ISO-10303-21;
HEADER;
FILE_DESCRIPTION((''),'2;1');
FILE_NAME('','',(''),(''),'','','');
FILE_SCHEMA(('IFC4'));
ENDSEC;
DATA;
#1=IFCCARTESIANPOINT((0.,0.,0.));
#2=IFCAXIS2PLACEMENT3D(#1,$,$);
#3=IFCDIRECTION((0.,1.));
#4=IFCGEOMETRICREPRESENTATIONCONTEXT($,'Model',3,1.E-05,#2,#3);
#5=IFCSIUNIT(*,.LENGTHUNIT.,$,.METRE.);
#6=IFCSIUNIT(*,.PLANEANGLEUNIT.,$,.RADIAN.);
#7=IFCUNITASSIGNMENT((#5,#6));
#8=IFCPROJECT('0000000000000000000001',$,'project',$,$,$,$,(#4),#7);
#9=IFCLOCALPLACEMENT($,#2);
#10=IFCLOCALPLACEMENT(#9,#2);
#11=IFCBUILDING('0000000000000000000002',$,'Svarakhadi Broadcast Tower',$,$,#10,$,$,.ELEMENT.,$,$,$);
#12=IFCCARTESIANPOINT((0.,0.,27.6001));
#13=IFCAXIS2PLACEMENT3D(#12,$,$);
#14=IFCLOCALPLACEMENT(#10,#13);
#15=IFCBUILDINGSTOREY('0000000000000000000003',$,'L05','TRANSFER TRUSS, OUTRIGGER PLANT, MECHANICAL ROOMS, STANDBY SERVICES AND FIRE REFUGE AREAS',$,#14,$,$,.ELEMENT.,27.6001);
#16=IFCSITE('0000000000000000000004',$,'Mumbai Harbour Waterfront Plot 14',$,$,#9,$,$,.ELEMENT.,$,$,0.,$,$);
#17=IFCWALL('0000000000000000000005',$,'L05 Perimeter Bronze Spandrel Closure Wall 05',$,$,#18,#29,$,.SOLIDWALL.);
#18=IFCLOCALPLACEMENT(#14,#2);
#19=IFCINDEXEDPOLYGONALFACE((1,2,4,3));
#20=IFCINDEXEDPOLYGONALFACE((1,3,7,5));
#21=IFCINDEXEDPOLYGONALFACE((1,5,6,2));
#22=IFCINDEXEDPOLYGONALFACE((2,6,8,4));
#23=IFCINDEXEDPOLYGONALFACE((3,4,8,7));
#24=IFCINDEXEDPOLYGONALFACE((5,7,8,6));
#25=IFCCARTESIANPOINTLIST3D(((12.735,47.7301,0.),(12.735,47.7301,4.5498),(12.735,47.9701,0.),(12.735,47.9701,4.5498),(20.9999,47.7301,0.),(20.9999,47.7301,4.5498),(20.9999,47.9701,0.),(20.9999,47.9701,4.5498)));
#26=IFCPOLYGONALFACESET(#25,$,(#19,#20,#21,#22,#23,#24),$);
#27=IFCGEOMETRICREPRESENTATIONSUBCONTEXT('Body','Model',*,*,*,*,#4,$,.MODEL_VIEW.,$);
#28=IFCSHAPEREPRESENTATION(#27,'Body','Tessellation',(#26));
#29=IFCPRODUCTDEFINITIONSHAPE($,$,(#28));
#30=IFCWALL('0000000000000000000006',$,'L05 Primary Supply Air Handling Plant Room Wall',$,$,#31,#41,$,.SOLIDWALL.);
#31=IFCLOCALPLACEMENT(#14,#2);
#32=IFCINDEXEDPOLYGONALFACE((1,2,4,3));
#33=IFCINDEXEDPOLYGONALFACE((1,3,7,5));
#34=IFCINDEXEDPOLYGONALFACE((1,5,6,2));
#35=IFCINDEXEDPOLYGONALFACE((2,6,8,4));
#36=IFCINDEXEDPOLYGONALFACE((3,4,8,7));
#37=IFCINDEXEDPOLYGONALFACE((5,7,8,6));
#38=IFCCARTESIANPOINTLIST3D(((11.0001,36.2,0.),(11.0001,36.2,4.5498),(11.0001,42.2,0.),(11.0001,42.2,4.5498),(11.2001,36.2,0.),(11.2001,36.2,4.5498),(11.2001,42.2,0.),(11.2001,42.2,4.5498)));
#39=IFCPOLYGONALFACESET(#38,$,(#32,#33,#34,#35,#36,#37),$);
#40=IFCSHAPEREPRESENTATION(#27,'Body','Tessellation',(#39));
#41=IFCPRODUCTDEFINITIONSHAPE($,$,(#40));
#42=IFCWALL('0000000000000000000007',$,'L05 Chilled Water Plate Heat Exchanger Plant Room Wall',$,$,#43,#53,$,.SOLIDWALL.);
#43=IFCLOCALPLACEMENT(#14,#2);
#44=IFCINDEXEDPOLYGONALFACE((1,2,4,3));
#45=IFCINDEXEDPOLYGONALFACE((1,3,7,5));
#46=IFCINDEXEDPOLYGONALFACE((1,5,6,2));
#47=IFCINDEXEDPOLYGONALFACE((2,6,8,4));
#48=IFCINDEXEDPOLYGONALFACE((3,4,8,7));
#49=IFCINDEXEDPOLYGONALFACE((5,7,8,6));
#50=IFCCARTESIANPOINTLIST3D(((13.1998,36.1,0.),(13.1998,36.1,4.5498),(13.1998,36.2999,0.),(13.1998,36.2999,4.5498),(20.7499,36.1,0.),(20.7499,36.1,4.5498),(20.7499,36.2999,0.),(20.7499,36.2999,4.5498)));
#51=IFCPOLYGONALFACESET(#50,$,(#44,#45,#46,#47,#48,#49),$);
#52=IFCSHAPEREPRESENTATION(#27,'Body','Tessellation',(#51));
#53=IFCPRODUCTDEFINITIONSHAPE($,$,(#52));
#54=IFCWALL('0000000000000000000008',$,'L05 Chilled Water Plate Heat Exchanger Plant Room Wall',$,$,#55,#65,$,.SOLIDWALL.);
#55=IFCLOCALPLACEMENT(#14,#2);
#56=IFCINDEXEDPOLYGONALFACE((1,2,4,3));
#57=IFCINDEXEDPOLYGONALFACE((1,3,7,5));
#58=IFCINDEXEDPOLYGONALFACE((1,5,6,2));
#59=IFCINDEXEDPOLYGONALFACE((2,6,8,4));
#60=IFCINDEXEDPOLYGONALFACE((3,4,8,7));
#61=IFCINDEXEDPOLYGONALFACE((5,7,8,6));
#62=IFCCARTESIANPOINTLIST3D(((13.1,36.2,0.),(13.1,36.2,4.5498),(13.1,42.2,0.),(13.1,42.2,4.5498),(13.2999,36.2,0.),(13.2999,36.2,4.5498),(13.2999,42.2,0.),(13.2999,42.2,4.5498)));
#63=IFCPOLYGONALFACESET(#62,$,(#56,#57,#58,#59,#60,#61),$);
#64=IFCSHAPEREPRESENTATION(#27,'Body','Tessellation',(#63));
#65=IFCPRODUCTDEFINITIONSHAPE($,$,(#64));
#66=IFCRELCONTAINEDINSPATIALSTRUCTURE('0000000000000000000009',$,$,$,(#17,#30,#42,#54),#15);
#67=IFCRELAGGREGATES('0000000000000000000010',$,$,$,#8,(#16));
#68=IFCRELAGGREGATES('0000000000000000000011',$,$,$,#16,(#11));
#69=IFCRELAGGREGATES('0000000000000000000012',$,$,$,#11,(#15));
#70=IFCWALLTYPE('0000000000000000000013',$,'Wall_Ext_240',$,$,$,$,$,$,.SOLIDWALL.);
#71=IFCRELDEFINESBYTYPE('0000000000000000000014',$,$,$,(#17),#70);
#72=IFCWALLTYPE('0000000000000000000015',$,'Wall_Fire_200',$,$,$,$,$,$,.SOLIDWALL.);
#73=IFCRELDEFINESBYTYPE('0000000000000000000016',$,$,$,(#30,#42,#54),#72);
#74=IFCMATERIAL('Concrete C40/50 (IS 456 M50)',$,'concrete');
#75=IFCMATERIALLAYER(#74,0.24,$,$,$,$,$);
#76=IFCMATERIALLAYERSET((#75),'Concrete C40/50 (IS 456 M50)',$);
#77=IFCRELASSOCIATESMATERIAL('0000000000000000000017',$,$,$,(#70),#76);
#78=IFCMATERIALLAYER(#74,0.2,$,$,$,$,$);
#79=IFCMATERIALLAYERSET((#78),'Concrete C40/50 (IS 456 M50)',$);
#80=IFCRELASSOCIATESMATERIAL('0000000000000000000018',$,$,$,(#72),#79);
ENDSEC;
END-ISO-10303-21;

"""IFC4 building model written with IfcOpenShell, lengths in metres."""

from ifc_helpers import new_model, si_unit, direction, frame, frame_2d, origin, place, context, subcontext, project, spatial, rectangle, extrude, material, layer, layer_set, type_object, element, save


model = new_model("IFC4")

# Units and contexts
model_context = context("Model", 3, precision=1e-05, world=origin(), true_north=direction((0.0, 1.0)))
body_context = subcontext(model_context, "Body", "Model", "MODEL_VIEW")
ifc_project = project(units=[si_unit("LENGTHUNIT", "METRE"), si_unit("PLANEANGLEUNIT", "RADIAN")], contexts=[model_context])

# Site, building, storey
site_placement = place(None, origin())
site = spatial("IfcSite", under=ifc_project, at=site_placement, Name="Mumbai Harbour Waterfront Plot 14", CompositionType="ELEMENT", RefElevation=0.0)
building_placement = place(site_placement, origin())
building = spatial("IfcBuilding", under=site, at=building_placement, Name="Svarakhadi Broadcast Tower", CompositionType="ELEMENT")
storey_placement = place(building_placement, frame((0.0, 0.0, 27.6001)))
storey = spatial("IfcBuildingStorey", under=building, at=storey_placement, Name="L05", Description="TRANSFER TRUSS, OUTRIGGER PLANT, MECHANICAL ROOMS, STANDBY SERVICES AND FIRE REFUGE AREAS", CompositionType="ELEMENT", Elevation=27.6001)

# Walls
ifc_material_1 = material(Name="Concrete C40/50 (IS 456 M50)", Category="concrete")
ifc_layer_1 = layer(ifc_material_1, 0.24)
ifc_layer_set_1 = layer_set([ifc_layer_1], Name="Concrete C40/50 (IS 456 M50)")
wall_type_1 = type_object("IfcWallType", Name="Wall_Ext_240", PredefinedType="SOLIDWALL", material=ifc_layer_set_1)
wall_1_placement = place(storey_placement, frame((12.7351, 47.8501, 0.0), z_axis=(0.0, 0.0, 1.0), x_axis=(1.0, 0.0, 0.0)))
element("IfcWall", 1, at=wall_1_placement, inside=storey, type_object=wall_type_1, Name="L05 Perimeter Bronze Spandrel Closure Wall 05", PredefinedType="SOLIDWALL", context=body_context, shape_type="SweptSolid", body=[
    extrude(rectangle(XDim=8.2649, YDim=0.24, at=frame_2d((4.1323, 0.0))), origin(), (0.0, 0.0, 1.0), 4.5498),
])
ifc_layer_2 = layer(ifc_material_1, 0.2)
ifc_layer_set_2 = layer_set([ifc_layer_2], Name="Concrete C40/50 (IS 456 M50)")
wall_type_2 = type_object("IfcWallType", Name="Wall_Fire_200", PredefinedType="SOLIDWALL", material=ifc_layer_set_2)
wall_2_placement = place(storey_placement, frame((11.1001, 36.2, 0.0), z_axis=(0.0, 0.0, 1.0), x_axis=(0.0, 1.0, 0.0)))
element("IfcWall", 2, at=wall_2_placement, inside=storey, type_object=wall_type_2, Name="L05 Primary Supply Air Handling Plant Room Wall", PredefinedType="SOLIDWALL", context=body_context, shape_type="SweptSolid", body=[
    extrude(rectangle(XDim=6.0, YDim=0.2, at=frame_2d((3.0, 0.0))), origin(), (0.0, 0.0, 1.0), 4.5498),
])
wall_3_placement = place(storey_placement, frame((13.2, 36.2, 0.0), z_axis=(0.0, 0.0, 1.0), x_axis=(1.0, 0.0, 0.0)))
element("IfcWall", 3, at=wall_3_placement, inside=storey, type_object=wall_type_2, Name="L05 Chilled Water Plate Heat Exchanger Plant Room Wall", PredefinedType="SOLIDWALL", context=body_context, shape_type="SweptSolid", body=[
    extrude(rectangle(XDim=7.55, YDim=0.2, at=frame_2d((3.7749, 0.0))), origin(), (0.0, 0.0, 1.0), 4.5498),
])
wall_4_placement = place(storey_placement, frame((13.2, 36.2, 0.0), z_axis=(0.0, 0.0, 1.0), x_axis=(0.0, 1.0, 0.0)))
element("IfcWall", 4, at=wall_4_placement, inside=storey, type_object=wall_type_2, Name="L05 Chilled Water Plate Heat Exchanger Plant Room Wall", PredefinedType="SOLIDWALL", context=body_context, shape_type="SweptSolid", body=[
    extrude(rectangle(XDim=6.0, YDim=0.2, at=frame_2d((3.0, 0.0))), origin(), (0.0, 0.0, 1.0), 4.5498),
])

save(model, "model.ifc")
